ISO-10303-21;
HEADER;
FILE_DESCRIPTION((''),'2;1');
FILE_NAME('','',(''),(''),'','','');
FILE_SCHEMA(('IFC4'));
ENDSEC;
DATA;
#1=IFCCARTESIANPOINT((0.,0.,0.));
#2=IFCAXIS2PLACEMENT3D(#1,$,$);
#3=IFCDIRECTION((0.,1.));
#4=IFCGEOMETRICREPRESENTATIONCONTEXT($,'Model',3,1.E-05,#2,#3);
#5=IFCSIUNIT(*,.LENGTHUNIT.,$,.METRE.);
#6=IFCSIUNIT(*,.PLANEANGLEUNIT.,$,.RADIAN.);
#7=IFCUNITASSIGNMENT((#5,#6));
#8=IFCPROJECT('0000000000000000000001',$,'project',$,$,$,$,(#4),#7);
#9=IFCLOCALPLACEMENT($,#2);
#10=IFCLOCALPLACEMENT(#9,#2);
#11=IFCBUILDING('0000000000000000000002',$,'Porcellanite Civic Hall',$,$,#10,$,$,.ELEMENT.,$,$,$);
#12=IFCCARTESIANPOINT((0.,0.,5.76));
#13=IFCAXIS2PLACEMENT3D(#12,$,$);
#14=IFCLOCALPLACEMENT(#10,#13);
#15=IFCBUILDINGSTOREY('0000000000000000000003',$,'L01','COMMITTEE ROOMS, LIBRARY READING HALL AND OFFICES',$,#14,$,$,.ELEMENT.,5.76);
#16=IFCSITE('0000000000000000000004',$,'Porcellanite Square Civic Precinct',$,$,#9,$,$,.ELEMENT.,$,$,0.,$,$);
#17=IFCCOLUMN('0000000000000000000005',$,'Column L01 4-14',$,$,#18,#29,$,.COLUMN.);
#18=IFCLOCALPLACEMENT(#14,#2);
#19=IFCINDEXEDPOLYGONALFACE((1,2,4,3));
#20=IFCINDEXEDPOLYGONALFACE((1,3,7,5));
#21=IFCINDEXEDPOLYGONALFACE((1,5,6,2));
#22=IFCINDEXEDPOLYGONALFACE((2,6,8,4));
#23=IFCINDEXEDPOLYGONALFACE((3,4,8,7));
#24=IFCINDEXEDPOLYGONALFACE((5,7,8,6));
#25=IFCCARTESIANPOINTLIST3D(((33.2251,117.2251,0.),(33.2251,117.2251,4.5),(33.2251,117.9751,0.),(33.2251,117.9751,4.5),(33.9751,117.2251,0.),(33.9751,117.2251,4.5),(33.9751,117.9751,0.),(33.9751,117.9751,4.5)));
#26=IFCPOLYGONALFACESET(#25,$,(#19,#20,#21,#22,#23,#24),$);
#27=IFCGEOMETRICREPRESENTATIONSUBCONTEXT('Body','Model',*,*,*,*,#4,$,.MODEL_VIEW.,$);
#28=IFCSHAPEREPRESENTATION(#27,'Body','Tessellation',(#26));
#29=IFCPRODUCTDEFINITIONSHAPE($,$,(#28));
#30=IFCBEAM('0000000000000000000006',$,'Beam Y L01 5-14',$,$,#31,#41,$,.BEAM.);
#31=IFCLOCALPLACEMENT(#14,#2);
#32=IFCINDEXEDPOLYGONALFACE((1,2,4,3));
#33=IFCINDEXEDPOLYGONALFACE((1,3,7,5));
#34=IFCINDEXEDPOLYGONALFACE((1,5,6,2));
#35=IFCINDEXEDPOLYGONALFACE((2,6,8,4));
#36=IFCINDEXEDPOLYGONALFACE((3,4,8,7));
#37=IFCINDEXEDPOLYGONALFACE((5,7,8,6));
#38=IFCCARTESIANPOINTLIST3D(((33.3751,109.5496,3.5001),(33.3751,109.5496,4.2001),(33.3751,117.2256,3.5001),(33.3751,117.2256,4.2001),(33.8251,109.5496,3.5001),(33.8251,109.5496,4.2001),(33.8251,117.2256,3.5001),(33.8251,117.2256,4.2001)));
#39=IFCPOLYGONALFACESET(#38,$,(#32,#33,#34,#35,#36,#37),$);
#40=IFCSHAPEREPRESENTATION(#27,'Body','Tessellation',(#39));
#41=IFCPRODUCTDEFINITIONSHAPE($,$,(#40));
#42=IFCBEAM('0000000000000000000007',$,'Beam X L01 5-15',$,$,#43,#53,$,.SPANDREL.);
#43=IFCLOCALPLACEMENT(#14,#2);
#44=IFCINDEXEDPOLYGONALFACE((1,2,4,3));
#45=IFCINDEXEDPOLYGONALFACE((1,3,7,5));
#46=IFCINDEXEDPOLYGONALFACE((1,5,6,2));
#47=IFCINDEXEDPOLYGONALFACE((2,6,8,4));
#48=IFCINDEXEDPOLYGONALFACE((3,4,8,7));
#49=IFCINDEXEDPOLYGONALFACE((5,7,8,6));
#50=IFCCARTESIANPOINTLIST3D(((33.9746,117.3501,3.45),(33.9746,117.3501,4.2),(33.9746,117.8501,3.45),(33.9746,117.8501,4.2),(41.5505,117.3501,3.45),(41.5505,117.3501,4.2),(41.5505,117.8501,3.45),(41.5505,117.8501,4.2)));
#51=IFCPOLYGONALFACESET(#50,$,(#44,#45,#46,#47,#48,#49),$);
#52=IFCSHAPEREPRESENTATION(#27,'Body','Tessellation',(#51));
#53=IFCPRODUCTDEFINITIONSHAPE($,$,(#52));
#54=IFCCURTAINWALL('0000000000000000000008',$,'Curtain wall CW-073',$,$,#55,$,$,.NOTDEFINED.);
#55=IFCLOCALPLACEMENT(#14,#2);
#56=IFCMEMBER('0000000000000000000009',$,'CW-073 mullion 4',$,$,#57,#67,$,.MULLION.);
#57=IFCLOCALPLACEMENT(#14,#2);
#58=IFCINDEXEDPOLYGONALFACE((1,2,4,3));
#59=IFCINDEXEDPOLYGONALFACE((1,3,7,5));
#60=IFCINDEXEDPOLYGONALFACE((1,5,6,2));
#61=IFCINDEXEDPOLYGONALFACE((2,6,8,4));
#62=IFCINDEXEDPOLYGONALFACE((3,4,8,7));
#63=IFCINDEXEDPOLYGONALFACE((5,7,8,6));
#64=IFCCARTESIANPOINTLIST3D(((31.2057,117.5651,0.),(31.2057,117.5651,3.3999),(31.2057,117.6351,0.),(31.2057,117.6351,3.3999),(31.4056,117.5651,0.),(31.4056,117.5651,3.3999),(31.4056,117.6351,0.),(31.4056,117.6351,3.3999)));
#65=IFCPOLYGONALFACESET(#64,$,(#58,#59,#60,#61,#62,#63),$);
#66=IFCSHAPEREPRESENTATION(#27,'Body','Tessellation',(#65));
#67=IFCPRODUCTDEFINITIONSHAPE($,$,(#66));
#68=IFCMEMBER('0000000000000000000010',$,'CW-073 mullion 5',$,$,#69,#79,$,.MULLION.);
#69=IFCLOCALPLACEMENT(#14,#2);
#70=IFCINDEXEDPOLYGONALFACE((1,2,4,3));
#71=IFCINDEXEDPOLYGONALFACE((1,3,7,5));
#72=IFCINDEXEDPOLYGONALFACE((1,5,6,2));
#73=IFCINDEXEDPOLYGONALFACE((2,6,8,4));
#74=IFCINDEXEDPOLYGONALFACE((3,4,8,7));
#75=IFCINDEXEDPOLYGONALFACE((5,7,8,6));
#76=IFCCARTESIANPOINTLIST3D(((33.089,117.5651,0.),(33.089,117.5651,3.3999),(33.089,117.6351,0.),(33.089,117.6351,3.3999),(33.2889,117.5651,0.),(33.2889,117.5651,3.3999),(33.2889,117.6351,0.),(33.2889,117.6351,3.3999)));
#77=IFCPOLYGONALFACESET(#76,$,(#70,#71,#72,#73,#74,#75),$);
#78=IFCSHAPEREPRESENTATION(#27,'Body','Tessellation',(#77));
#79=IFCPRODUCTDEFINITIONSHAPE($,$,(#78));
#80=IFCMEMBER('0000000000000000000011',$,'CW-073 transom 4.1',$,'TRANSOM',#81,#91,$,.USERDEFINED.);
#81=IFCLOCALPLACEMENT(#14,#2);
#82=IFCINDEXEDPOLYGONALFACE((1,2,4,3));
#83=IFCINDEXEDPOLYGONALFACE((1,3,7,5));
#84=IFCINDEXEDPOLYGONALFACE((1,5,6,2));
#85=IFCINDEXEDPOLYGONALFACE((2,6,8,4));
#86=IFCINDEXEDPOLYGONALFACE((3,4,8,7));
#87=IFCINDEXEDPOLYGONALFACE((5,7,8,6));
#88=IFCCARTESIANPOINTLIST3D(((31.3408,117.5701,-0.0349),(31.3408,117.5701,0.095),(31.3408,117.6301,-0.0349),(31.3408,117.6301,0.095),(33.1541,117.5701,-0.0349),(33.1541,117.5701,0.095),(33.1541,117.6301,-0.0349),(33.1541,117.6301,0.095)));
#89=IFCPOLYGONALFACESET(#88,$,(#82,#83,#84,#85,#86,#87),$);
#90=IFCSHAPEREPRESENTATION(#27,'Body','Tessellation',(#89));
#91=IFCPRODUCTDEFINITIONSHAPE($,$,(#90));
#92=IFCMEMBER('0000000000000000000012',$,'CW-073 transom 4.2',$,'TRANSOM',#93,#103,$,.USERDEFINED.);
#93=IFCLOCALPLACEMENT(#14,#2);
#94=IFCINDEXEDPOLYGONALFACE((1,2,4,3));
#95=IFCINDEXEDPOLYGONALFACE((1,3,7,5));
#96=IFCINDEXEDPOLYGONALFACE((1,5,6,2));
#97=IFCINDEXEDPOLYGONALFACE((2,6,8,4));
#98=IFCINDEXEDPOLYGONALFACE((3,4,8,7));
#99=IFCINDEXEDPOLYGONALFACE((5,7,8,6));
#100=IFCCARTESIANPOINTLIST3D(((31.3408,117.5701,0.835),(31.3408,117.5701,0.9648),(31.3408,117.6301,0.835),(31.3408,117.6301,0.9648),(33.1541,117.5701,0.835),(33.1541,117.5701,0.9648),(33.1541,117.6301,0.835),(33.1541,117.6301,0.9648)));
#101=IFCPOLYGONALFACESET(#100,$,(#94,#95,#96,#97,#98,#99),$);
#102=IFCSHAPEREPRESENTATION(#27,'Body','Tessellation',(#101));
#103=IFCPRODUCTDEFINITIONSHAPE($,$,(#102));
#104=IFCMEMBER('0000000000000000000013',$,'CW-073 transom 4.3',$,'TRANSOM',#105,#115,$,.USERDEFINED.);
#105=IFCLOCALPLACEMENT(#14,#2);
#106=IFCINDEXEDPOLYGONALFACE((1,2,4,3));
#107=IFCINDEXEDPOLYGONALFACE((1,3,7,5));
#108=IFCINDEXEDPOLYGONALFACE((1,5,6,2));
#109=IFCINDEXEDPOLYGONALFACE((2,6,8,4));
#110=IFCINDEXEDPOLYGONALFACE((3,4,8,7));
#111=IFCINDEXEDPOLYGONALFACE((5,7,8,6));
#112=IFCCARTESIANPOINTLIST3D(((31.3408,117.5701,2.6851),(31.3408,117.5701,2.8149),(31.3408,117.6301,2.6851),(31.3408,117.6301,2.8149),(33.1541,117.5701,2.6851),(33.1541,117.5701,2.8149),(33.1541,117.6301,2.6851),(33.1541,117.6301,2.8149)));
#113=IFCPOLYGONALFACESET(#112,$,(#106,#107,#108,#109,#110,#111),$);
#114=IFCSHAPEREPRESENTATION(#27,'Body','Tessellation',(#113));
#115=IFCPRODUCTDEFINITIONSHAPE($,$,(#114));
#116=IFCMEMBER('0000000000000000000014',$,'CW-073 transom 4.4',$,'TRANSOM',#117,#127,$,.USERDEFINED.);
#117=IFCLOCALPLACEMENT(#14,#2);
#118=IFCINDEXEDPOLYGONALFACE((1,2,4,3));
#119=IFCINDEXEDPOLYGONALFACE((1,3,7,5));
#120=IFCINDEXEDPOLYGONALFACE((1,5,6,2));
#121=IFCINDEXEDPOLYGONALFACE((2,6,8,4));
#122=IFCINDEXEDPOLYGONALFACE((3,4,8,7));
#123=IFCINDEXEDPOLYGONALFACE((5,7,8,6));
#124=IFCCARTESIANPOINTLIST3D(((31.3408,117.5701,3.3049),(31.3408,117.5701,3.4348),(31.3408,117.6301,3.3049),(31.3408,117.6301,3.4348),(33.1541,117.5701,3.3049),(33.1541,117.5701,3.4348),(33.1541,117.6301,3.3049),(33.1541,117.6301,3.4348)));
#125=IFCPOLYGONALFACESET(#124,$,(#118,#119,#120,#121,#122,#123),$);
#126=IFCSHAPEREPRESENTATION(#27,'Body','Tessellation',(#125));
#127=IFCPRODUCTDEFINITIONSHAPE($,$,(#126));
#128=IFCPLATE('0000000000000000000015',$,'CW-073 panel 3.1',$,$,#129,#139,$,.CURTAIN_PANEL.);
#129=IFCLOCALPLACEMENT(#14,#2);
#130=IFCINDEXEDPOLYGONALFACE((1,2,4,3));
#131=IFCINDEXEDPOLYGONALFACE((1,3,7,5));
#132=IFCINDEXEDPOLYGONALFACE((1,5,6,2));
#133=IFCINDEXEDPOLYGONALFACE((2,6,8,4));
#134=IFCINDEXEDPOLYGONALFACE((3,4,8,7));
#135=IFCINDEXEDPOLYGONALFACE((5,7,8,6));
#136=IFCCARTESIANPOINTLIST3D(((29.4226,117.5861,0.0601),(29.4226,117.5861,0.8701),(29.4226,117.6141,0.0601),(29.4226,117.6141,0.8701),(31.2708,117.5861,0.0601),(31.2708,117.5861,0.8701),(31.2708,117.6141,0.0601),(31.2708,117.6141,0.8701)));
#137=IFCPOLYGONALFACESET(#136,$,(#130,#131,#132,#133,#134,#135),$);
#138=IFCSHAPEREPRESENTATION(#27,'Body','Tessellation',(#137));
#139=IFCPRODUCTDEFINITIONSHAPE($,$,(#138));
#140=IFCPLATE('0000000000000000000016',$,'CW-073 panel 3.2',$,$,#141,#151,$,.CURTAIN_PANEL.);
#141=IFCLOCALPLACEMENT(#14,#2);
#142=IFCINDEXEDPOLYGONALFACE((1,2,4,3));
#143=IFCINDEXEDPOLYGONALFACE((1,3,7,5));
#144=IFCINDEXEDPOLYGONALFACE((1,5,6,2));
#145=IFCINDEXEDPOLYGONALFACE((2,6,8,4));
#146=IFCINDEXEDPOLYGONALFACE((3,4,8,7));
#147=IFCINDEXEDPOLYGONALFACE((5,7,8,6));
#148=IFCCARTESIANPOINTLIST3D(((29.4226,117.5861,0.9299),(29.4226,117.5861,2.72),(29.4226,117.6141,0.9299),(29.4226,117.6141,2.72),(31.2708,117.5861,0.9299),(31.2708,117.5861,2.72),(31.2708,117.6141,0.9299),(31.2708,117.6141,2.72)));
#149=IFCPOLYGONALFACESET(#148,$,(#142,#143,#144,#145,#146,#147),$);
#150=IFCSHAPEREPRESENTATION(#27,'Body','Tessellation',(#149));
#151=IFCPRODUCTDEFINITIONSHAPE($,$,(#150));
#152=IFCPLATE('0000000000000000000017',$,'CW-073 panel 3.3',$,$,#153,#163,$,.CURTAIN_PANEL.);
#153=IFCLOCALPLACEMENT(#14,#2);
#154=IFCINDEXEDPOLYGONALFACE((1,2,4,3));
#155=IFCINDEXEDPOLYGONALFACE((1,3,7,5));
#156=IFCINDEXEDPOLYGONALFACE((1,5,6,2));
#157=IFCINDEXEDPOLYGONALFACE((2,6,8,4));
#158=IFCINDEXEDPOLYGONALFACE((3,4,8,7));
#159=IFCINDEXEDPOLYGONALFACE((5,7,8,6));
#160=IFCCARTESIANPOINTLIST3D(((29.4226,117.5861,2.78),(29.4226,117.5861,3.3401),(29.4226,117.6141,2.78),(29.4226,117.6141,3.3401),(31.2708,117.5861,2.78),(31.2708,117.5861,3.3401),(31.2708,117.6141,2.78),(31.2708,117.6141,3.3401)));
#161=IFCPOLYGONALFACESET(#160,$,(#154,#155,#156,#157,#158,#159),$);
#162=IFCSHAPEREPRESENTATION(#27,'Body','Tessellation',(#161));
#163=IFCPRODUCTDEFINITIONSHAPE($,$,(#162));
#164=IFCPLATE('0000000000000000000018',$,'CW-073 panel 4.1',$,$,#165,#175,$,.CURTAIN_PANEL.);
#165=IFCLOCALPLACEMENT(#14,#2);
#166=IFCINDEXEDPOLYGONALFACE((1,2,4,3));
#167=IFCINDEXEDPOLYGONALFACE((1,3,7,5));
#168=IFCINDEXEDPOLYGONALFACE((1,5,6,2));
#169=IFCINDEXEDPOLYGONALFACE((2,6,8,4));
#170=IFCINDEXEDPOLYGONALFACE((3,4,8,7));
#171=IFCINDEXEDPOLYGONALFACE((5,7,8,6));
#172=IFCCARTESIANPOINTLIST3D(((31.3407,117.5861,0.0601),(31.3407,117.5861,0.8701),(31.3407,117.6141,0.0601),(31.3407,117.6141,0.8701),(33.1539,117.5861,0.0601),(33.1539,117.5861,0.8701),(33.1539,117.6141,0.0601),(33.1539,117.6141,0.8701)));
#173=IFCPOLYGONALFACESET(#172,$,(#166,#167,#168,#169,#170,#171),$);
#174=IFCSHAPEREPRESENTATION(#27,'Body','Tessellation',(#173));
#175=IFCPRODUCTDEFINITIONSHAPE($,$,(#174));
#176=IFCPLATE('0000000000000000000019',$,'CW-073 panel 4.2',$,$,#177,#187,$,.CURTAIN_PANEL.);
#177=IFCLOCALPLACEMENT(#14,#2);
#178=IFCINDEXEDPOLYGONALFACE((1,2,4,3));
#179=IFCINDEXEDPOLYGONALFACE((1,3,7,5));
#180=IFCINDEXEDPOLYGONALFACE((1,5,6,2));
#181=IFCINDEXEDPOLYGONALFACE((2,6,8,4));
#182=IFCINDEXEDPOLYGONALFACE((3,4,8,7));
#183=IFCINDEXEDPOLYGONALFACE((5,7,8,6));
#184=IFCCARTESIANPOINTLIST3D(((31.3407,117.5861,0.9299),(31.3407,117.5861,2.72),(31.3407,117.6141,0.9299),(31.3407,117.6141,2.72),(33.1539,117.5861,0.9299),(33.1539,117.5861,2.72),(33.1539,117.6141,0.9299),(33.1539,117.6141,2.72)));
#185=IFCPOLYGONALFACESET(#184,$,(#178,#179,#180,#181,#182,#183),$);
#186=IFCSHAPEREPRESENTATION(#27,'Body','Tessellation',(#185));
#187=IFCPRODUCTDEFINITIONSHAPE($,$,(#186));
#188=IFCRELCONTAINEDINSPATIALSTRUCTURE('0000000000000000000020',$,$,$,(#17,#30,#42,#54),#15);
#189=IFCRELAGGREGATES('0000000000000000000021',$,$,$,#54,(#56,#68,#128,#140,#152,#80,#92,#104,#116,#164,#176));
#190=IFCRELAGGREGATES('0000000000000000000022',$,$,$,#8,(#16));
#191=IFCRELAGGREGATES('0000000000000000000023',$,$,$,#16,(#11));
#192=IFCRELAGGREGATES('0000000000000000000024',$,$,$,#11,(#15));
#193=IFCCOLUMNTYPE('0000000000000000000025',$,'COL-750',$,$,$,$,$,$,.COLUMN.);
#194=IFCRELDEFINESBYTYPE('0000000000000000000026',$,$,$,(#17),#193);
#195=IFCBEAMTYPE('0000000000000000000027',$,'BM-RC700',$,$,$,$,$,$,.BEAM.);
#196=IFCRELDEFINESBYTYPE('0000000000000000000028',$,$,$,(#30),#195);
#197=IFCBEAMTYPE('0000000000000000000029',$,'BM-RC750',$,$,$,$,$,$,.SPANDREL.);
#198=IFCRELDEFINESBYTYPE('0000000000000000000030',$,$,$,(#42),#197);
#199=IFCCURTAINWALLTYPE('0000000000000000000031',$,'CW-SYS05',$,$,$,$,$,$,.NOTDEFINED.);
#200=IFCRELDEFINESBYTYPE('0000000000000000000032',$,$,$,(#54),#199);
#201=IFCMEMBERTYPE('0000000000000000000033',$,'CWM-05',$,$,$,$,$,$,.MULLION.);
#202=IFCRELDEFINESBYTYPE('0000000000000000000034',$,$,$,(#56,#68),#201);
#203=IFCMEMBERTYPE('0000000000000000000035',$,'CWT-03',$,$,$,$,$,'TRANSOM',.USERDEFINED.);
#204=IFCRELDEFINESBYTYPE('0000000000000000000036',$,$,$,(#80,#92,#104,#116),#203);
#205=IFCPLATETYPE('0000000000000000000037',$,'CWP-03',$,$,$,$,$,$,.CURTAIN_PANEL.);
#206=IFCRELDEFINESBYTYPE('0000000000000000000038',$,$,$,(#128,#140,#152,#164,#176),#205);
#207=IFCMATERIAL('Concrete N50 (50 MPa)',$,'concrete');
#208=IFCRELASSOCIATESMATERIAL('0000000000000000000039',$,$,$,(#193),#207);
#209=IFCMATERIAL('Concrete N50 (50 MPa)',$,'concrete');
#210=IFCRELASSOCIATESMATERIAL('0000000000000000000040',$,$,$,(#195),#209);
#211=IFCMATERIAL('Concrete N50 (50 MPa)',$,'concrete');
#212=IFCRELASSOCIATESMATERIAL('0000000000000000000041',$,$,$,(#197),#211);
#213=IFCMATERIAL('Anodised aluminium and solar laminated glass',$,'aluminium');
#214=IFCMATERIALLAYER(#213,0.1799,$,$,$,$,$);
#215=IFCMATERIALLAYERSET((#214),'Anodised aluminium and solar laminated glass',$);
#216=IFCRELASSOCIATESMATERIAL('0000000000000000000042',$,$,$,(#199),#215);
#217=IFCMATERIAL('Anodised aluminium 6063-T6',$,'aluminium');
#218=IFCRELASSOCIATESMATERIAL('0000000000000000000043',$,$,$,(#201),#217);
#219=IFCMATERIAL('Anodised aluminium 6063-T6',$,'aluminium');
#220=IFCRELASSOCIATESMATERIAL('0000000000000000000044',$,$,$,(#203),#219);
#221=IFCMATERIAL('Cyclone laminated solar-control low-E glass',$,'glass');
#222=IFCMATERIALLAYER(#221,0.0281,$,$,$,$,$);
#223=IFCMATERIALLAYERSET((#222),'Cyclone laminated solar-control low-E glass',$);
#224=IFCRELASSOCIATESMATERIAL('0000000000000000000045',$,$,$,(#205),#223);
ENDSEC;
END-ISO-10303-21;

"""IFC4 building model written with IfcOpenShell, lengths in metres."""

from ifc_helpers import new_model, si_unit, direction, frame, origin, origin_2d, place, context, subcontext, project, spatial, rectangle, extrude, material, layer, layer_set, material_profile, profile_set, type_object, element, aggregate, save


model = new_model("IFC4")

# Units and contexts
model_context = context("Model", 3, precision=1e-05, world=origin(), true_north=direction((0.0, 1.0)))
body_context = subcontext(model_context, "Body", "Model", "MODEL_VIEW")
ifc_project = project(units=[si_unit("LENGTHUNIT", "METRE"), si_unit("PLANEANGLEUNIT", "RADIAN")], contexts=[model_context])

# Site, building, storey
site_placement = place(None, origin())
site = spatial("IfcSite", under=ifc_project, at=site_placement, Name="Porcellanite Square Civic Precinct", CompositionType="ELEMENT", RefElevation=0.0)
building_placement = place(site_placement, origin())
building = spatial("IfcBuilding", under=site, at=building_placement, Name="Porcellanite Civic Hall", CompositionType="ELEMENT")
storey_placement = place(building_placement, frame((0.0, 0.0, 5.76)))
storey = spatial("IfcBuildingStorey", under=building, at=storey_placement, Name="L01", Description="COMMITTEE ROOMS, LIBRARY READING HALL AND OFFICES", CompositionType="ELEMENT", Elevation=5.76)

# Column
ifc_material_1 = material(Name="Concrete N50 (50 MPa)", Category="concrete")
ifc_material_profile_1 = material_profile(ifc_material_1, rectangle(XDim=0.75, YDim=0.75, at=origin_2d()), Name="RC-750x750")
ifc_profile_set_1 = profile_set([ifc_material_profile_1], Name="Concrete N50 (50 MPa)")
column_type = type_object("IfcColumnType", Name="COL-750", PredefinedType="COLUMN", material=ifc_profile_set_1)
column_placement = place(storey_placement, frame((33.6001, 117.6001, 0.0), z_axis=(0.0, 0.0, 1.0), x_axis=(1.0, 0.0, 0.0)))
element("IfcColumn", 1, at=column_placement, inside=storey, type_object=column_type, Name="Column L01 4-14", PredefinedType="COLUMN", context=body_context, shape_type="SweptSolid", body=[
    extrude(rectangle(XDim=0.75, YDim=0.75, at=origin_2d()), origin(), (0.0, 0.0, 1.0), 4.5),
])

# Beams
ifc_material_2 = material(Name="Concrete N50 (50 MPa)", Category="concrete")
ifc_material_profile_2 = material_profile(ifc_material_2, rectangle(XDim=0.45, YDim=0.7, at=origin_2d()), Name="RC-450x700")
ifc_profile_set_2 = profile_set([ifc_material_profile_2], Name="Concrete N50 (50 MPa)")
beam_type_1 = type_object("IfcBeamType", Name="BM-RC700", PredefinedType="BEAM", material=ifc_profile_set_2)
beam_1_placement = place(storey_placement, frame((33.6001, 109.5496, 3.8501), z_axis=(0.0, 1.0, 0.0), x_axis=(-1.0, 0.0, 0.0)))
element("IfcBeam", 2, at=beam_1_placement, inside=storey, type_object=beam_type_1, Name="Beam Y L01 5-14", PredefinedType="BEAM", context=body_context, shape_type="SweptSolid", body=[
    extrude(rectangle(XDim=0.45, YDim=0.7, at=origin_2d()), origin(), (0.0, 0.0, 1.0), 7.676),
])
ifc_material_3 = material(Name="Concrete N50 (50 MPa)", Category="concrete")
ifc_material_profile_3 = material_profile(ifc_material_3, rectangle(XDim=0.5, YDim=0.75, at=origin_2d()), Name="RC-500x750")
ifc_profile_set_3 = profile_set([ifc_material_profile_3], Name="Concrete N50 (50 MPa)")
beam_type_2 = type_object("IfcBeamType", Name="BM-RC750", PredefinedType="SPANDREL", material=ifc_profile_set_3)
beam_2_placement = place(storey_placement, frame((33.9746, 117.6001, 3.825), z_axis=(1.0, 0.0, 0.0), x_axis=(0.0, 1.0, 0.0)))
element("IfcBeam", 3, at=beam_2_placement, inside=storey, type_object=beam_type_2, Name="Beam X L01 5-15", PredefinedType="SPANDREL", context=body_context, shape_type="SweptSolid", body=[
    extrude(rectangle(XDim=0.5, YDim=0.75, at=origin_2d()), origin(), (0.0, 0.0, 1.0), 7.5759),
])

# Curtain wall, members, plates
ifc_material_4 = material(Name="Anodised aluminium and solar laminated glass", Category="aluminium")
ifc_layer_1 = layer(ifc_material_4, 0.1799)
ifc_layer_set_1 = layer_set([ifc_layer_1], Name="Anodised aluminium and solar laminated glass")
curtain_wall_type = type_object("IfcCurtainWallType", Name="CW-SYS05", PredefinedType="NOTDEFINED", material=ifc_layer_set_1)
curtain_wall_placement = place(storey_placement, origin())
curtain_wall = element("IfcCurtainWall", 4, at=curtain_wall_placement, inside=storey, type_object=curtain_wall_type, Name="Curtain wall CW-073", PredefinedType="NOTDEFINED")
ifc_material_5 = material(Name="Anodised aluminium 6063-T6", Category="aluminium")
ifc_material_profile_4 = material_profile(ifc_material_5, rectangle(XDim=0.0701, YDim=0.2, at=origin_2d()), Name="AL-70x200")
ifc_profile_set_4 = profile_set([ifc_material_profile_4], Name="Anodised aluminium 6063-T6")
member_type_1 = type_object("IfcMemberType", Name="CWM-05", PredefinedType="MULLION", material=ifc_profile_set_4)
member_1_placement = place(storey_placement, frame((31.3057, 117.6001, 0.0), z_axis=(0.0, 0.0, 1.0), x_axis=(0.0, 1.0, 0.0)))
member_1 = element("IfcMember", 5, at=member_1_placement, type_object=member_type_1, Name="CW-073 mullion 4", PredefinedType="MULLION", context=body_context, shape_type="SweptSolid", body=[
    extrude(rectangle(XDim=0.0701, YDim=0.2, at=origin_2d()), origin(), (0.0, 0.0, 1.0), 3.3999),
])
member_2_placement = place(storey_placement, frame((33.189, 117.6001, 0.0), z_axis=(0.0, 0.0, 1.0), x_axis=(0.0, 1.0, 0.0)))
member_2 = element("IfcMember", 6, at=member_2_placement, type_object=member_type_1, Name="CW-073 mullion 5", PredefinedType="MULLION", context=body_context, shape_type="SweptSolid", body=[
    extrude(rectangle(XDim=0.0701, YDim=0.2, at=origin_2d()), origin(), (0.0, 0.0, 1.0), 3.3999),
])
ifc_material_6 = material(Name="Anodised aluminium 6063-T6", Category="aluminium")
ifc_material_profile_5 = material_profile(ifc_material_6, rectangle(XDim=0.0601, YDim=0.1299, at=origin_2d()), Name="AL-60x130")
ifc_profile_set_5 = profile_set([ifc_material_profile_5], Name="Anodised aluminium 6063-T6")
member_type_2 = type_object("IfcMemberType", Name="CWT-03", ElementType="TRANSOM", PredefinedType="USERDEFINED", material=ifc_profile_set_5)
member_3_placement = place(storey_placement, frame((31.3408, 117.6001, 0.03), z_axis=(1.0, 0.0, 0.0), x_axis=(0.0, 1.0, 0.0)))
member_3 = element("IfcMember", 7, at=member_3_placement, type_object=member_type_2, Name="CW-073 transom 4.1", ObjectType="TRANSOM", PredefinedType="USERDEFINED", context=body_context, shape_type="SweptSolid", body=[
    extrude(rectangle(XDim=0.0601, YDim=0.1299, at=origin_2d()), origin(), (0.0, 0.0, 1.0), 1.8132),
])
member_4_placement = place(storey_placement, frame((31.3408, 117.6001, 0.8999), z_axis=(1.0, 0.0, 0.0), x_axis=(0.0, 1.0, 0.0)))
member_4 = element("IfcMember", 8, at=member_4_placement, type_object=member_type_2, Name="CW-073 transom 4.2", ObjectType="TRANSOM", PredefinedType="USERDEFINED", context=body_context, shape_type="SweptSolid", body=[
    extrude(rectangle(XDim=0.0601, YDim=0.1299, at=origin_2d()), origin(), (0.0, 0.0, 1.0), 1.8132),
])
member_5_placement = place(storey_placement, frame((31.3408, 117.6001, 2.75), z_axis=(1.0, 0.0, 0.0), x_axis=(0.0, 1.0, 0.0)))
member_5 = element("IfcMember", 9, at=member_5_placement, type_object=member_type_2, Name="CW-073 transom 4.3", ObjectType="TRANSOM", PredefinedType="USERDEFINED", context=body_context, shape_type="SweptSolid", body=[
    extrude(rectangle(XDim=0.0601, YDim=0.1299, at=origin_2d()), origin(), (0.0, 0.0, 1.0), 1.8132),
])
member_6_placement = place(storey_placement, frame((31.3408, 117.6001, 3.3699), z_axis=(1.0, 0.0, 0.0), x_axis=(0.0, 1.0, 0.0)))
member_6 = element("IfcMember", 10, at=member_6_placement, type_object=member_type_2, Name="CW-073 transom 4.4", ObjectType="TRANSOM", PredefinedType="USERDEFINED", context=body_context, shape_type="SweptSolid", body=[
    extrude(rectangle(XDim=0.0601, YDim=0.1299, at=origin_2d()), origin(), (0.0, 0.0, 1.0), 1.8132),
])
ifc_material_7 = material(Name="Cyclone laminated solar-control low-E glass", Category="glass")
ifc_layer_2 = layer(ifc_material_7, 0.0281)
ifc_layer_set_2 = layer_set([ifc_layer_2], Name="Cyclone laminated solar-control low-E glass")
plate_type = type_object("IfcPlateType", Name="CWP-03", PredefinedType="CURTAIN_PANEL", material=ifc_layer_set_2)
plate_1_placement = place(storey_placement, frame((30.3467, 117.6001, 0.0601), z_axis=(0.0, 0.0, 1.0), x_axis=(1.0, 0.0, 0.0)))
plate_1 = element("IfcPlate", 11, at=plate_1_placement, type_object=plate_type, Name="CW-073 panel 3.1", PredefinedType="CURTAIN_PANEL", context=body_context, shape_type="SweptSolid", body=[
    extrude(rectangle(XDim=1.8481, YDim=0.0281, at=origin_2d()), origin(), (0.0, 0.0, 1.0), 0.8101),
])
plate_2_placement = place(storey_placement, frame((30.3467, 117.6001, 0.9299), z_axis=(0.0, 0.0, 1.0), x_axis=(1.0, 0.0, 0.0)))
plate_2 = element("IfcPlate", 12, at=plate_2_placement, type_object=plate_type, Name="CW-073 panel 3.2", PredefinedType="CURTAIN_PANEL", context=body_context, shape_type="SweptSolid", body=[
    extrude(rectangle(XDim=1.8481, YDim=0.0281, at=origin_2d()), origin(), (0.0, 0.0, 1.0), 1.79),
])
plate_3_placement = place(storey_placement, frame((30.3467, 117.6001, 2.78), z_axis=(0.0, 0.0, 1.0), x_axis=(1.0, 0.0, 0.0)))
plate_3 = element("IfcPlate", 13, at=plate_3_placement, type_object=plate_type, Name="CW-073 panel 3.3", PredefinedType="CURTAIN_PANEL", context=body_context, shape_type="SweptSolid", body=[
    extrude(rectangle(XDim=1.8481, YDim=0.0281, at=origin_2d()), origin(), (0.0, 0.0, 1.0), 0.5601),
])
plate_4_placement = place(storey_placement, frame((32.2473, 117.6001, 0.0601), z_axis=(0.0, 0.0, 1.0), x_axis=(1.0, 0.0, 0.0)))
plate_4 = element("IfcPlate", 14, at=plate_4_placement, type_object=plate_type, Name="CW-073 panel 4.1", PredefinedType="CURTAIN_PANEL", context=body_context, shape_type="SweptSolid", body=[
    extrude(rectangle(XDim=1.8132, YDim=0.0281, at=origin_2d()), origin(), (0.0, 0.0, 1.0), 0.8101),
])
plate_5_placement = place(storey_placement, frame((32.2473, 117.6001, 0.9299), z_axis=(0.0, 0.0, 1.0), x_axis=(1.0, 0.0, 0.0)))
plate_5 = element("IfcPlate", 15, at=plate_5_placement, type_object=plate_type, Name="CW-073 panel 4.2", PredefinedType="CURTAIN_PANEL", context=body_context, shape_type="SweptSolid", body=[
    extrude(rectangle(XDim=1.8132, YDim=0.0281, at=origin_2d()), origin(), (0.0, 0.0, 1.0), 1.79),
])
aggregate(curtain_wall, [member_1, member_2, plate_1, plate_2, plate_3, member_3, member_4, member_5, member_6, plate_4, plate_5])

save(model, "model.ifc")
